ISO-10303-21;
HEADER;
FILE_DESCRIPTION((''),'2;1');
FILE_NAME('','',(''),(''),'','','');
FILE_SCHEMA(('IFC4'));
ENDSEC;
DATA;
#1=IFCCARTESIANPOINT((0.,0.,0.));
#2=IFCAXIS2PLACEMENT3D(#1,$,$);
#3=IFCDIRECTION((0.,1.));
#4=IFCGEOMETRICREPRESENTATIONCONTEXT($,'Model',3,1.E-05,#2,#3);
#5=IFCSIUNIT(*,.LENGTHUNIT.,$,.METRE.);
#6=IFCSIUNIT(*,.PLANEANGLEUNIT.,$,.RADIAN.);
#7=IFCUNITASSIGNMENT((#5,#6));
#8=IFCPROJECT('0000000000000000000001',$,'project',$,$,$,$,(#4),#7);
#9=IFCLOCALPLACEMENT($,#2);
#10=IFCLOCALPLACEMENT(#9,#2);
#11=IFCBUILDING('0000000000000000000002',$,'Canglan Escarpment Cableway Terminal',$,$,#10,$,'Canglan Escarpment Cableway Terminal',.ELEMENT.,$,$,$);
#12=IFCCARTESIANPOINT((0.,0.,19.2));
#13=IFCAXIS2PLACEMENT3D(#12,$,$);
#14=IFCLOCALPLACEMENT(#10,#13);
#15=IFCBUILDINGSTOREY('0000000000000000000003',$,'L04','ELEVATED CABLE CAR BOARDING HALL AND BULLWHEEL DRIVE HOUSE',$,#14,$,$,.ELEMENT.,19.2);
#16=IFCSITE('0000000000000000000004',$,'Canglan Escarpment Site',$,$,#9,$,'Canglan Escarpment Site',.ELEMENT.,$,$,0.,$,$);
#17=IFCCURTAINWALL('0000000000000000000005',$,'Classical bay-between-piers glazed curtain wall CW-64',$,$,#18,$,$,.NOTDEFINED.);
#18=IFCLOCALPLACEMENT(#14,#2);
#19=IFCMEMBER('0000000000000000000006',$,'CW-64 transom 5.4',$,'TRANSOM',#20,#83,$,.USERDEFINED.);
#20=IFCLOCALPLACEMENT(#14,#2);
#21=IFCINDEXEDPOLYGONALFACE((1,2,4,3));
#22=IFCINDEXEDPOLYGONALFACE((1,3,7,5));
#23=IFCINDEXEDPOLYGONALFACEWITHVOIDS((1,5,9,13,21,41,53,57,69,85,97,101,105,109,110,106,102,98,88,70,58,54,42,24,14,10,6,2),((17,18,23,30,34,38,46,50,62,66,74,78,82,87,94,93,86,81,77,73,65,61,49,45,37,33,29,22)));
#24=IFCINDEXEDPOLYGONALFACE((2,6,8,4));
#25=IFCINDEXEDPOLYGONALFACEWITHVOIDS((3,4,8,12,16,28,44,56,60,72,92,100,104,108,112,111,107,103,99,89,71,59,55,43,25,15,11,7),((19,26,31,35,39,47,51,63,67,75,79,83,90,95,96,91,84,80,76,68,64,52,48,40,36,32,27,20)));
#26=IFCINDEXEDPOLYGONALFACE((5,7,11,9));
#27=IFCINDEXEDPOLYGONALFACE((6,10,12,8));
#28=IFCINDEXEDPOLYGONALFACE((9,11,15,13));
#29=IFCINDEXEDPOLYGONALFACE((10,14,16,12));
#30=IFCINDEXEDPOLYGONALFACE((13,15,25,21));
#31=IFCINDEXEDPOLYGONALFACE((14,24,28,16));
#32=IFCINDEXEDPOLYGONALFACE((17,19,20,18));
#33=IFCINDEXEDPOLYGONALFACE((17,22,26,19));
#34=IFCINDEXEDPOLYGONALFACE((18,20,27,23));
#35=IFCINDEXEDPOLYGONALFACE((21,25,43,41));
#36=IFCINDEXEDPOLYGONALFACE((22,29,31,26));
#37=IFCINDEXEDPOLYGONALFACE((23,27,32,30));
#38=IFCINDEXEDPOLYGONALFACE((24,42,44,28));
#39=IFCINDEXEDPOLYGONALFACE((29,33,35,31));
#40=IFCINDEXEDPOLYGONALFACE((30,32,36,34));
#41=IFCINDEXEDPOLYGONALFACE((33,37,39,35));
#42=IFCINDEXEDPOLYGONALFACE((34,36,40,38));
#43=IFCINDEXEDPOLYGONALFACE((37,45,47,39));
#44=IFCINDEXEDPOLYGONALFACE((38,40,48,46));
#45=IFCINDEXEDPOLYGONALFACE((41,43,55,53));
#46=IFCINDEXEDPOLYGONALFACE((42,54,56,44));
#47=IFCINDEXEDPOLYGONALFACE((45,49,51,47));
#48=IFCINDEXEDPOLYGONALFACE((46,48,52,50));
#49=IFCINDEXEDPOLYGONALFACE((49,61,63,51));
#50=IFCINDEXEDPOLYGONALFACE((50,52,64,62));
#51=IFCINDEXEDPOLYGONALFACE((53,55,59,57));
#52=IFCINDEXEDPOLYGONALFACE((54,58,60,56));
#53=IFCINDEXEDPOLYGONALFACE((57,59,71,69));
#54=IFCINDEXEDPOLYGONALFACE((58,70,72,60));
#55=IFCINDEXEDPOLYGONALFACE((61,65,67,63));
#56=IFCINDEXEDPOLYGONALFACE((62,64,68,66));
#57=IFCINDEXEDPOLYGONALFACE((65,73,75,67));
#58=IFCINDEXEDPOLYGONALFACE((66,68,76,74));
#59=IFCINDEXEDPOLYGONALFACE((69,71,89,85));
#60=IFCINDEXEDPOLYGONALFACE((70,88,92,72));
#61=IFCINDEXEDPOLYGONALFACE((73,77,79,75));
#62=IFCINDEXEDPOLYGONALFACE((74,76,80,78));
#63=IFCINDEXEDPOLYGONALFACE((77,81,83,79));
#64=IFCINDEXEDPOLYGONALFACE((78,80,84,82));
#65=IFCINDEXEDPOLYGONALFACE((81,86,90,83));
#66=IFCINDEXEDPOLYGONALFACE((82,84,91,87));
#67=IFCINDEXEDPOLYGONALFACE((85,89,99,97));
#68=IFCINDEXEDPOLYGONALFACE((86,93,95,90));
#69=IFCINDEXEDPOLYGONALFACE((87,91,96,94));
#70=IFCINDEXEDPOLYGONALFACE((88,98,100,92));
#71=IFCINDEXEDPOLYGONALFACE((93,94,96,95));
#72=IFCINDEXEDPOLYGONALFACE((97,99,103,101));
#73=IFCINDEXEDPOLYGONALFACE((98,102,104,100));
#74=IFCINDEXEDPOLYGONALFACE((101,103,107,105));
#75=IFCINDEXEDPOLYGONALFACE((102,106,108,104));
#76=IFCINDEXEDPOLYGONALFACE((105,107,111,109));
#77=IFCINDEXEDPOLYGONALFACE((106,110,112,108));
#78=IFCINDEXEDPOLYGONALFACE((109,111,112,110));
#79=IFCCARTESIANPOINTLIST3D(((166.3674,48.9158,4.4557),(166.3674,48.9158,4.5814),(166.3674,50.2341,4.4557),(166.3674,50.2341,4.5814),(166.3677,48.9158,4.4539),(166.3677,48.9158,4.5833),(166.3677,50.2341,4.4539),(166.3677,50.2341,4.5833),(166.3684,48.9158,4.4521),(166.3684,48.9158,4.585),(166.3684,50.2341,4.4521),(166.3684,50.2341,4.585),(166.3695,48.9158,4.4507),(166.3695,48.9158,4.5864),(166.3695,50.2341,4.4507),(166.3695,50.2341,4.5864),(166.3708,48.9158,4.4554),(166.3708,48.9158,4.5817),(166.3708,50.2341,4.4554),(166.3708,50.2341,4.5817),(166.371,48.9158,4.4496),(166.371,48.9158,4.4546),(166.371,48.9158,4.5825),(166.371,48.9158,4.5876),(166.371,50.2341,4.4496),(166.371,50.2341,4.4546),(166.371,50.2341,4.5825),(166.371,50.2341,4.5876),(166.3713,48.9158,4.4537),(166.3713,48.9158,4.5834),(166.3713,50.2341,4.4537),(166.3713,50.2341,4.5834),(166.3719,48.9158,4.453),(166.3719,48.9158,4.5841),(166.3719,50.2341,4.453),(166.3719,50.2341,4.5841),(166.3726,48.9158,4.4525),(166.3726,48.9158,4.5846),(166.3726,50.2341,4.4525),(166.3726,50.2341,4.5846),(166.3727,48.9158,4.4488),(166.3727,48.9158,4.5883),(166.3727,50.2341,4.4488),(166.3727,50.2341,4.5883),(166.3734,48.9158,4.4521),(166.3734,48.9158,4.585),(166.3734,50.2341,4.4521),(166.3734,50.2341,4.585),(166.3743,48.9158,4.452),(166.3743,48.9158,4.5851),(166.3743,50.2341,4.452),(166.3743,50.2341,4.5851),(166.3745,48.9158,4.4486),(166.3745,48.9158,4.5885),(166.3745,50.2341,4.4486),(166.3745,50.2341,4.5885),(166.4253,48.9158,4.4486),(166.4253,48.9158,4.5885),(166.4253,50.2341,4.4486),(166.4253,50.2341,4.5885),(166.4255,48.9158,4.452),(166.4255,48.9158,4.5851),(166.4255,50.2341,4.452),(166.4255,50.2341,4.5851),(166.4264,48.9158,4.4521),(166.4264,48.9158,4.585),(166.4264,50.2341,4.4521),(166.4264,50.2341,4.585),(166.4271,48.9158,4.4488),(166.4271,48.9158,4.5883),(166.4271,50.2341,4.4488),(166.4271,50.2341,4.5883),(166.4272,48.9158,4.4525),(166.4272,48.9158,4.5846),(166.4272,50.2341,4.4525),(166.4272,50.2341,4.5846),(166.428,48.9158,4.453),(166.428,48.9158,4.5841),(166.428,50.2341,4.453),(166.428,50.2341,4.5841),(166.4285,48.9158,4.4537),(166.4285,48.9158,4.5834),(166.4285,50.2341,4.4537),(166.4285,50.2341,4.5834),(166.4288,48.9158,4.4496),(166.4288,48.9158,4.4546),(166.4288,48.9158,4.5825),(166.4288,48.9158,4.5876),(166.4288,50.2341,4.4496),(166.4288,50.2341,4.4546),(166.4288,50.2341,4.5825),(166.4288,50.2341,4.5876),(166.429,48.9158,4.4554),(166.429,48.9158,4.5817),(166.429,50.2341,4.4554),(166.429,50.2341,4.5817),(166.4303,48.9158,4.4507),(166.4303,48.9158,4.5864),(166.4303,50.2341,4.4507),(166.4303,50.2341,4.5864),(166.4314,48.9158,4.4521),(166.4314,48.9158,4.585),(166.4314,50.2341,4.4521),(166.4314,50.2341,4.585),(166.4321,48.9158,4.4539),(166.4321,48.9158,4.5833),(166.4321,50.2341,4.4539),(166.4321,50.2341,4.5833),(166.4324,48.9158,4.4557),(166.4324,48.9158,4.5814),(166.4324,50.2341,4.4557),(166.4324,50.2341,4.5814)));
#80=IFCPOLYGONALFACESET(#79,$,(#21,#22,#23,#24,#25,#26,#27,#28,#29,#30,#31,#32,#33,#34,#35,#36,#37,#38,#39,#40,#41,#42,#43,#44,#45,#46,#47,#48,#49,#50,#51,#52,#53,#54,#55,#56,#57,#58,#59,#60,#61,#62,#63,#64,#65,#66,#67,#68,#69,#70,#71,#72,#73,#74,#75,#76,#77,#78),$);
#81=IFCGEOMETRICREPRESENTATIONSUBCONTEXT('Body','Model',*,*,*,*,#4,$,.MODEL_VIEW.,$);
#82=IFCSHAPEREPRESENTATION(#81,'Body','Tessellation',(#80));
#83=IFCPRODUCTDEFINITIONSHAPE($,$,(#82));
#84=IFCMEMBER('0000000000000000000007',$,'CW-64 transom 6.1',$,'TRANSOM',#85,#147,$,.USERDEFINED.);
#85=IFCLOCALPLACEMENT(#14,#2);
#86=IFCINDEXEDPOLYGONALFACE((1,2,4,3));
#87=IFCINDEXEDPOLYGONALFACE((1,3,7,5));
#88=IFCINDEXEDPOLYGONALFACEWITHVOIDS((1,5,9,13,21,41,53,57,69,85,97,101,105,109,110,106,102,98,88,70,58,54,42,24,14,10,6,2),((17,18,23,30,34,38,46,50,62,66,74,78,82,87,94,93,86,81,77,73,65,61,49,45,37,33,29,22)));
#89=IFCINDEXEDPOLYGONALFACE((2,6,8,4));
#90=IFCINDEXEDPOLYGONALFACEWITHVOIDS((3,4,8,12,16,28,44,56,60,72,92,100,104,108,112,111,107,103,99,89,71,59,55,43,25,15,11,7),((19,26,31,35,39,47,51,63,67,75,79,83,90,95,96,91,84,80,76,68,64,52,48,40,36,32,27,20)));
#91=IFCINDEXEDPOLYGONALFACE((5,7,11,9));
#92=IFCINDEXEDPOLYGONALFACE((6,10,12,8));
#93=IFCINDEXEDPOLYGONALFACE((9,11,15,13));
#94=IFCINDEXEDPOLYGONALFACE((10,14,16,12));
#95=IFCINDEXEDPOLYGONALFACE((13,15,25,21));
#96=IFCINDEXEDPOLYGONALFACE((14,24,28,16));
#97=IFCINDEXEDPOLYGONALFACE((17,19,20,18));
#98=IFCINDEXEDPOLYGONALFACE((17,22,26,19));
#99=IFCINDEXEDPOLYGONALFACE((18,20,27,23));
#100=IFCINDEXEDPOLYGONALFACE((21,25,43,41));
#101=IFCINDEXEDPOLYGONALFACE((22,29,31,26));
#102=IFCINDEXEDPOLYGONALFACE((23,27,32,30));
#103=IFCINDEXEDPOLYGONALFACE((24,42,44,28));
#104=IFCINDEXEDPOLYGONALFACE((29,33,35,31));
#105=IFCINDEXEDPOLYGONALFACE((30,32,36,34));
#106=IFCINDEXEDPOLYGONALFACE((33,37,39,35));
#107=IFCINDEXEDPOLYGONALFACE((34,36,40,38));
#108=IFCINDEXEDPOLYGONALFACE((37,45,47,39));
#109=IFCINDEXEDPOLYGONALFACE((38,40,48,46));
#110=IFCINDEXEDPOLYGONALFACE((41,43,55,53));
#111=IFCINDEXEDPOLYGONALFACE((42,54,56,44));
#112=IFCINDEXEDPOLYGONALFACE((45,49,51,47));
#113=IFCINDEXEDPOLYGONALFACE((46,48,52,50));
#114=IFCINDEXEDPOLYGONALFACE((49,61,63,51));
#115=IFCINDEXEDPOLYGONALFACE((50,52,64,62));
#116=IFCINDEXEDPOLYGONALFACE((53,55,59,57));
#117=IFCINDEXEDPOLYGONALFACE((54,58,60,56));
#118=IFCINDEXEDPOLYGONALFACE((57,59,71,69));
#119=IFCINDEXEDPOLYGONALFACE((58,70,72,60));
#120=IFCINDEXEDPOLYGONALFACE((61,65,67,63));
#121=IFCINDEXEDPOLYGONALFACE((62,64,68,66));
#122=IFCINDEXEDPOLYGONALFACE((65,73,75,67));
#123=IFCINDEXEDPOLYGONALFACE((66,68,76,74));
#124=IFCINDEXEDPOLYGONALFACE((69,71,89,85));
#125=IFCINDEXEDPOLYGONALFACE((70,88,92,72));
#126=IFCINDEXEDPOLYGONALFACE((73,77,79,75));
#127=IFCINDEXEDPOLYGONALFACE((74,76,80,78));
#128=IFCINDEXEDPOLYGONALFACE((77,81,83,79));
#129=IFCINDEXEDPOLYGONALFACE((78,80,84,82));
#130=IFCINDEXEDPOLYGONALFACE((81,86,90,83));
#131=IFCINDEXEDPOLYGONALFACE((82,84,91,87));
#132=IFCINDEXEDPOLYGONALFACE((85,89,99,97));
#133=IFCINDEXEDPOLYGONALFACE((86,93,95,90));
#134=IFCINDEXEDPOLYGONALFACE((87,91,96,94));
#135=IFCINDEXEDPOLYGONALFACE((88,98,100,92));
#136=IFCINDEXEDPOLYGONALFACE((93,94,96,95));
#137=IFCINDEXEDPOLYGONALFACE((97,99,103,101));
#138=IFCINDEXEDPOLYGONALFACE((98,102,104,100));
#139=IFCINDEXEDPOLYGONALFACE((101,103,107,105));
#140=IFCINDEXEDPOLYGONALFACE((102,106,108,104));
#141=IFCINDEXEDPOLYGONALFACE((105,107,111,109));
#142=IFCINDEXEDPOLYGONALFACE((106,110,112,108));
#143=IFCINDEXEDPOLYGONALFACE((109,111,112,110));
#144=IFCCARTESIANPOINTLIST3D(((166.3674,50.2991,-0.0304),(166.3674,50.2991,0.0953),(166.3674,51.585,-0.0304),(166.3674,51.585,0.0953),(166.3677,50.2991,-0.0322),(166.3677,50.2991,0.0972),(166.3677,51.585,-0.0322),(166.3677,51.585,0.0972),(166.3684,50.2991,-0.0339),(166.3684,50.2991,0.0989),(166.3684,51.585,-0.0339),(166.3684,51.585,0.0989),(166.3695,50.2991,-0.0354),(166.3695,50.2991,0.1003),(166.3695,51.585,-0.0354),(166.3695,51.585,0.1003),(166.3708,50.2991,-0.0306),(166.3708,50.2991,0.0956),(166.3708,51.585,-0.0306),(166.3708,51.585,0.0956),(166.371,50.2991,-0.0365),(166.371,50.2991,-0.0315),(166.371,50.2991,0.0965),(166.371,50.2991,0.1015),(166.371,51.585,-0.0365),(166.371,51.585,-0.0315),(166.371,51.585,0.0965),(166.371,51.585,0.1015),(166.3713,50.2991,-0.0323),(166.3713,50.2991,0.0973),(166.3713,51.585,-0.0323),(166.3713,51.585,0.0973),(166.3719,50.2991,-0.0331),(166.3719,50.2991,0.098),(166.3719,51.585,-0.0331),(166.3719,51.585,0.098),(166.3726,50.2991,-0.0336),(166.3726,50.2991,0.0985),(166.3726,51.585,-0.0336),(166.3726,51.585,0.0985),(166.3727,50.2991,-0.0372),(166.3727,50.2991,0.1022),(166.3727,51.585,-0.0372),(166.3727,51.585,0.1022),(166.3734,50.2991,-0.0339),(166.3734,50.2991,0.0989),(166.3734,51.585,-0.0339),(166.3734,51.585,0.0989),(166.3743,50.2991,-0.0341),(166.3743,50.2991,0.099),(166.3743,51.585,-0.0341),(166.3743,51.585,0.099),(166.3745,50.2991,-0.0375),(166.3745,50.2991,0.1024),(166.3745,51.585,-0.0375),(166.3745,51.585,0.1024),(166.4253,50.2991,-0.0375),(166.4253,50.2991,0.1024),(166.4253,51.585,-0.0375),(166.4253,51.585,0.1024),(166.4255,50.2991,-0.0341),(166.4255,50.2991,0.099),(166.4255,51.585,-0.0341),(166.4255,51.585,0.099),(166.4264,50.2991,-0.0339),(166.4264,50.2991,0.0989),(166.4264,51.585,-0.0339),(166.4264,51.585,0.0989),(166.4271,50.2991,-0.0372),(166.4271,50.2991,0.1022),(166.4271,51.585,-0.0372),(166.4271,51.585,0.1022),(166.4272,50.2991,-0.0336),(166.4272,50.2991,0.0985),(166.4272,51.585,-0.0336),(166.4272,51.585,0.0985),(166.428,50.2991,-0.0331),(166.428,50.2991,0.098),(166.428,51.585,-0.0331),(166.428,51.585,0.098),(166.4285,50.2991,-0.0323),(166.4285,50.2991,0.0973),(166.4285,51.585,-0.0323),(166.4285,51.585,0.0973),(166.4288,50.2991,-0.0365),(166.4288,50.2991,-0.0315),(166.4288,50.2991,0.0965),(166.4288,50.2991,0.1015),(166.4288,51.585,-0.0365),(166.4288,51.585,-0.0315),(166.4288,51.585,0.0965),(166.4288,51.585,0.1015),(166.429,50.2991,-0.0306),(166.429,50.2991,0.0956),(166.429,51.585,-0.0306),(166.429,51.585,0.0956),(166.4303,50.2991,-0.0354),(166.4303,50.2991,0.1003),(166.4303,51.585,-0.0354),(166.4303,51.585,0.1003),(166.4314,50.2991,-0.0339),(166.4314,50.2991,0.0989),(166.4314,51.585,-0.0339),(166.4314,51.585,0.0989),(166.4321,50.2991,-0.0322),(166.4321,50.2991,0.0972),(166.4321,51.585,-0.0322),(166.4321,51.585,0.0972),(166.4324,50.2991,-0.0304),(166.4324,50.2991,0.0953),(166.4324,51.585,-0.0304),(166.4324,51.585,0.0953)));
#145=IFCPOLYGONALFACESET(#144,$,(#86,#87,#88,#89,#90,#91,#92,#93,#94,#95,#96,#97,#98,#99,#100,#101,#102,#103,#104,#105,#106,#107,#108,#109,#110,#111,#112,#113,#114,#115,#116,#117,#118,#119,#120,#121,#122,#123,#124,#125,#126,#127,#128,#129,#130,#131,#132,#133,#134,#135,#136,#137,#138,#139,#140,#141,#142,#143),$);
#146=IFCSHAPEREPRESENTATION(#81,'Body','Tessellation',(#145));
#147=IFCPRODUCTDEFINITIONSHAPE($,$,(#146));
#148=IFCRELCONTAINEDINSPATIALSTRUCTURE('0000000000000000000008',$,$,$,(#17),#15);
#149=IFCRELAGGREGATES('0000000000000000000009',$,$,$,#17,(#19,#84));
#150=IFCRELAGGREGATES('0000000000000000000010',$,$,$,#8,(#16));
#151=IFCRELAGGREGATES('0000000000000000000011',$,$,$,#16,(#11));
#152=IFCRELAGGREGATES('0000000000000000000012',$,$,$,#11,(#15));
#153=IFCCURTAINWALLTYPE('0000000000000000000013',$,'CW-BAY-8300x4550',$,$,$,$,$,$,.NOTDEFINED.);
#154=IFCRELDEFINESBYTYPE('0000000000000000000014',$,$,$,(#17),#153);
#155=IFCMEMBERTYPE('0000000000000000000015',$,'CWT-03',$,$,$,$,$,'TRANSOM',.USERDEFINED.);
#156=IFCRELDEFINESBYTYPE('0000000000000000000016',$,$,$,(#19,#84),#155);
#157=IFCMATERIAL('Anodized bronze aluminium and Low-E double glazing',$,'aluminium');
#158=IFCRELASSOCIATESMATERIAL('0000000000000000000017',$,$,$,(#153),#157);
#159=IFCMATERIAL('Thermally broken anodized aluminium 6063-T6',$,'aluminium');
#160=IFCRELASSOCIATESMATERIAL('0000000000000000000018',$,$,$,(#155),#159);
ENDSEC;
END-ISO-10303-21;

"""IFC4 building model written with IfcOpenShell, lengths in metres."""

from ifc_helpers import new_model, si_unit, direction, frame, origin, origin_2d, place, context, subcontext, project, spatial, hollow_rectangle, extrude, material, material_profile, profile_set, type_object, element, aggregate, save


model = new_model("IFC4")

# Units and contexts
model_context = context("Model", 3, precision=1e-05, world=origin(), true_north=direction((0.0, 1.0)))
body_context = subcontext(model_context, "Body", "Model", "MODEL_VIEW")
ifc_project = project(units=[si_unit("LENGTHUNIT", "METRE"), si_unit("PLANEANGLEUNIT", "RADIAN")], contexts=[model_context])

# Site, building, storey
site_placement = place(None, origin())
site = spatial("IfcSite", under=ifc_project, at=site_placement, Name="Canglan Escarpment Site", LongName="Canglan Escarpment Site", CompositionType="ELEMENT", RefElevation=0.0)
building_placement = place(site_placement, origin())
building = spatial("IfcBuilding", under=site, at=building_placement, Name="Canglan Escarpment Cableway Terminal", LongName="Canglan Escarpment Cableway Terminal", CompositionType="ELEMENT")
storey_placement = place(building_placement, frame((0.0, 0.0, 19.2)))
storey = spatial("IfcBuildingStorey", under=building, at=storey_placement, Name="L04", Description="ELEVATED CABLE CAR BOARDING HALL AND BULLWHEEL DRIVE HOUSE", CompositionType="ELEMENT", Elevation=19.2)

# Shared definitions
ifc_material_1 = material(Name="Anodized bronze aluminium and Low-E double glazing", Category="aluminium")
curtain_wall_type = type_object("IfcCurtainWallType", Name="CW-BAY-8300x4550", PredefinedType="NOTDEFINED", material=ifc_material_1)
ifc_material_2 = material(Name="Thermally broken anodized aluminium 6063-T6", Category="aluminium")

# Curtain wall
curtain_wall_1_placement = place(storey_placement, origin())
curtain_wall_1 = element("IfcCurtainWall", 1, at=curtain_wall_1_placement, inside=storey, type_object=curtain_wall_type, Name="Classical bay-between-piers glazed curtain wall CW-64", PredefinedType="NOTDEFINED")

# Members
ifc_material_profile_1 = material_profile(ifc_material_2, hollow_rectangle(XDim=0.0649, YDim=0.1399, WallThickness=0.0034, InnerFilletRadius=0.0034, OuterFilletRadius=0.0071, at=origin_2d()), Name="ALU-TRAN 65x140x3.5")
ifc_profile_set_1 = profile_set([ifc_material_profile_1], Name="Thermally broken anodized aluminium 6063-T6")
member_type_1 = type_object("IfcMemberType", Name="CWT-03", ElementType="TRANSOM", PredefinedType="USERDEFINED", material=ifc_profile_set_1)
member_1_placement = place(storey_placement, frame((166.3999, 48.9158, 4.5186), z_axis=(0.0, 1.0, 0.0), x_axis=(-1.0, 0.0, 0.0)))
member_1 = element("IfcMember", 2, at=member_1_placement, type_object=member_type_1, Name="CW-64 transom 5.4", ObjectType="TRANSOM", PredefinedType="USERDEFINED", context=body_context, shape_type="SweptSolid", body=[
    extrude(hollow_rectangle(XDim=0.0649, YDim=0.1399, WallThickness=0.0034, InnerFilletRadius=0.0034, OuterFilletRadius=0.0071, at=origin_2d()), origin(), (0.0, 0.0, 1.0), 1.3184),
])
member_2_placement = place(storey_placement, frame((166.3999, 50.2991, 0.0325), z_axis=(0.0, 1.0, 0.0), x_axis=(-1.0, 0.0, 0.0)))
member_2 = element("IfcMember", 3, at=member_2_placement, type_object=member_type_1, Name="CW-64 transom 6.1", ObjectType="TRANSOM", PredefinedType="USERDEFINED", context=body_context, shape_type="SweptSolid", body=[
    extrude(hollow_rectangle(XDim=0.0649, YDim=0.1399, WallThickness=0.0034, InnerFilletRadius=0.0034, OuterFilletRadius=0.0071, at=origin_2d()), origin(), (0.0, 0.0, 1.0), 1.2859),
])

aggregate(curtain_wall_1, [member_1, member_2])

save(model, "model.ifc")
